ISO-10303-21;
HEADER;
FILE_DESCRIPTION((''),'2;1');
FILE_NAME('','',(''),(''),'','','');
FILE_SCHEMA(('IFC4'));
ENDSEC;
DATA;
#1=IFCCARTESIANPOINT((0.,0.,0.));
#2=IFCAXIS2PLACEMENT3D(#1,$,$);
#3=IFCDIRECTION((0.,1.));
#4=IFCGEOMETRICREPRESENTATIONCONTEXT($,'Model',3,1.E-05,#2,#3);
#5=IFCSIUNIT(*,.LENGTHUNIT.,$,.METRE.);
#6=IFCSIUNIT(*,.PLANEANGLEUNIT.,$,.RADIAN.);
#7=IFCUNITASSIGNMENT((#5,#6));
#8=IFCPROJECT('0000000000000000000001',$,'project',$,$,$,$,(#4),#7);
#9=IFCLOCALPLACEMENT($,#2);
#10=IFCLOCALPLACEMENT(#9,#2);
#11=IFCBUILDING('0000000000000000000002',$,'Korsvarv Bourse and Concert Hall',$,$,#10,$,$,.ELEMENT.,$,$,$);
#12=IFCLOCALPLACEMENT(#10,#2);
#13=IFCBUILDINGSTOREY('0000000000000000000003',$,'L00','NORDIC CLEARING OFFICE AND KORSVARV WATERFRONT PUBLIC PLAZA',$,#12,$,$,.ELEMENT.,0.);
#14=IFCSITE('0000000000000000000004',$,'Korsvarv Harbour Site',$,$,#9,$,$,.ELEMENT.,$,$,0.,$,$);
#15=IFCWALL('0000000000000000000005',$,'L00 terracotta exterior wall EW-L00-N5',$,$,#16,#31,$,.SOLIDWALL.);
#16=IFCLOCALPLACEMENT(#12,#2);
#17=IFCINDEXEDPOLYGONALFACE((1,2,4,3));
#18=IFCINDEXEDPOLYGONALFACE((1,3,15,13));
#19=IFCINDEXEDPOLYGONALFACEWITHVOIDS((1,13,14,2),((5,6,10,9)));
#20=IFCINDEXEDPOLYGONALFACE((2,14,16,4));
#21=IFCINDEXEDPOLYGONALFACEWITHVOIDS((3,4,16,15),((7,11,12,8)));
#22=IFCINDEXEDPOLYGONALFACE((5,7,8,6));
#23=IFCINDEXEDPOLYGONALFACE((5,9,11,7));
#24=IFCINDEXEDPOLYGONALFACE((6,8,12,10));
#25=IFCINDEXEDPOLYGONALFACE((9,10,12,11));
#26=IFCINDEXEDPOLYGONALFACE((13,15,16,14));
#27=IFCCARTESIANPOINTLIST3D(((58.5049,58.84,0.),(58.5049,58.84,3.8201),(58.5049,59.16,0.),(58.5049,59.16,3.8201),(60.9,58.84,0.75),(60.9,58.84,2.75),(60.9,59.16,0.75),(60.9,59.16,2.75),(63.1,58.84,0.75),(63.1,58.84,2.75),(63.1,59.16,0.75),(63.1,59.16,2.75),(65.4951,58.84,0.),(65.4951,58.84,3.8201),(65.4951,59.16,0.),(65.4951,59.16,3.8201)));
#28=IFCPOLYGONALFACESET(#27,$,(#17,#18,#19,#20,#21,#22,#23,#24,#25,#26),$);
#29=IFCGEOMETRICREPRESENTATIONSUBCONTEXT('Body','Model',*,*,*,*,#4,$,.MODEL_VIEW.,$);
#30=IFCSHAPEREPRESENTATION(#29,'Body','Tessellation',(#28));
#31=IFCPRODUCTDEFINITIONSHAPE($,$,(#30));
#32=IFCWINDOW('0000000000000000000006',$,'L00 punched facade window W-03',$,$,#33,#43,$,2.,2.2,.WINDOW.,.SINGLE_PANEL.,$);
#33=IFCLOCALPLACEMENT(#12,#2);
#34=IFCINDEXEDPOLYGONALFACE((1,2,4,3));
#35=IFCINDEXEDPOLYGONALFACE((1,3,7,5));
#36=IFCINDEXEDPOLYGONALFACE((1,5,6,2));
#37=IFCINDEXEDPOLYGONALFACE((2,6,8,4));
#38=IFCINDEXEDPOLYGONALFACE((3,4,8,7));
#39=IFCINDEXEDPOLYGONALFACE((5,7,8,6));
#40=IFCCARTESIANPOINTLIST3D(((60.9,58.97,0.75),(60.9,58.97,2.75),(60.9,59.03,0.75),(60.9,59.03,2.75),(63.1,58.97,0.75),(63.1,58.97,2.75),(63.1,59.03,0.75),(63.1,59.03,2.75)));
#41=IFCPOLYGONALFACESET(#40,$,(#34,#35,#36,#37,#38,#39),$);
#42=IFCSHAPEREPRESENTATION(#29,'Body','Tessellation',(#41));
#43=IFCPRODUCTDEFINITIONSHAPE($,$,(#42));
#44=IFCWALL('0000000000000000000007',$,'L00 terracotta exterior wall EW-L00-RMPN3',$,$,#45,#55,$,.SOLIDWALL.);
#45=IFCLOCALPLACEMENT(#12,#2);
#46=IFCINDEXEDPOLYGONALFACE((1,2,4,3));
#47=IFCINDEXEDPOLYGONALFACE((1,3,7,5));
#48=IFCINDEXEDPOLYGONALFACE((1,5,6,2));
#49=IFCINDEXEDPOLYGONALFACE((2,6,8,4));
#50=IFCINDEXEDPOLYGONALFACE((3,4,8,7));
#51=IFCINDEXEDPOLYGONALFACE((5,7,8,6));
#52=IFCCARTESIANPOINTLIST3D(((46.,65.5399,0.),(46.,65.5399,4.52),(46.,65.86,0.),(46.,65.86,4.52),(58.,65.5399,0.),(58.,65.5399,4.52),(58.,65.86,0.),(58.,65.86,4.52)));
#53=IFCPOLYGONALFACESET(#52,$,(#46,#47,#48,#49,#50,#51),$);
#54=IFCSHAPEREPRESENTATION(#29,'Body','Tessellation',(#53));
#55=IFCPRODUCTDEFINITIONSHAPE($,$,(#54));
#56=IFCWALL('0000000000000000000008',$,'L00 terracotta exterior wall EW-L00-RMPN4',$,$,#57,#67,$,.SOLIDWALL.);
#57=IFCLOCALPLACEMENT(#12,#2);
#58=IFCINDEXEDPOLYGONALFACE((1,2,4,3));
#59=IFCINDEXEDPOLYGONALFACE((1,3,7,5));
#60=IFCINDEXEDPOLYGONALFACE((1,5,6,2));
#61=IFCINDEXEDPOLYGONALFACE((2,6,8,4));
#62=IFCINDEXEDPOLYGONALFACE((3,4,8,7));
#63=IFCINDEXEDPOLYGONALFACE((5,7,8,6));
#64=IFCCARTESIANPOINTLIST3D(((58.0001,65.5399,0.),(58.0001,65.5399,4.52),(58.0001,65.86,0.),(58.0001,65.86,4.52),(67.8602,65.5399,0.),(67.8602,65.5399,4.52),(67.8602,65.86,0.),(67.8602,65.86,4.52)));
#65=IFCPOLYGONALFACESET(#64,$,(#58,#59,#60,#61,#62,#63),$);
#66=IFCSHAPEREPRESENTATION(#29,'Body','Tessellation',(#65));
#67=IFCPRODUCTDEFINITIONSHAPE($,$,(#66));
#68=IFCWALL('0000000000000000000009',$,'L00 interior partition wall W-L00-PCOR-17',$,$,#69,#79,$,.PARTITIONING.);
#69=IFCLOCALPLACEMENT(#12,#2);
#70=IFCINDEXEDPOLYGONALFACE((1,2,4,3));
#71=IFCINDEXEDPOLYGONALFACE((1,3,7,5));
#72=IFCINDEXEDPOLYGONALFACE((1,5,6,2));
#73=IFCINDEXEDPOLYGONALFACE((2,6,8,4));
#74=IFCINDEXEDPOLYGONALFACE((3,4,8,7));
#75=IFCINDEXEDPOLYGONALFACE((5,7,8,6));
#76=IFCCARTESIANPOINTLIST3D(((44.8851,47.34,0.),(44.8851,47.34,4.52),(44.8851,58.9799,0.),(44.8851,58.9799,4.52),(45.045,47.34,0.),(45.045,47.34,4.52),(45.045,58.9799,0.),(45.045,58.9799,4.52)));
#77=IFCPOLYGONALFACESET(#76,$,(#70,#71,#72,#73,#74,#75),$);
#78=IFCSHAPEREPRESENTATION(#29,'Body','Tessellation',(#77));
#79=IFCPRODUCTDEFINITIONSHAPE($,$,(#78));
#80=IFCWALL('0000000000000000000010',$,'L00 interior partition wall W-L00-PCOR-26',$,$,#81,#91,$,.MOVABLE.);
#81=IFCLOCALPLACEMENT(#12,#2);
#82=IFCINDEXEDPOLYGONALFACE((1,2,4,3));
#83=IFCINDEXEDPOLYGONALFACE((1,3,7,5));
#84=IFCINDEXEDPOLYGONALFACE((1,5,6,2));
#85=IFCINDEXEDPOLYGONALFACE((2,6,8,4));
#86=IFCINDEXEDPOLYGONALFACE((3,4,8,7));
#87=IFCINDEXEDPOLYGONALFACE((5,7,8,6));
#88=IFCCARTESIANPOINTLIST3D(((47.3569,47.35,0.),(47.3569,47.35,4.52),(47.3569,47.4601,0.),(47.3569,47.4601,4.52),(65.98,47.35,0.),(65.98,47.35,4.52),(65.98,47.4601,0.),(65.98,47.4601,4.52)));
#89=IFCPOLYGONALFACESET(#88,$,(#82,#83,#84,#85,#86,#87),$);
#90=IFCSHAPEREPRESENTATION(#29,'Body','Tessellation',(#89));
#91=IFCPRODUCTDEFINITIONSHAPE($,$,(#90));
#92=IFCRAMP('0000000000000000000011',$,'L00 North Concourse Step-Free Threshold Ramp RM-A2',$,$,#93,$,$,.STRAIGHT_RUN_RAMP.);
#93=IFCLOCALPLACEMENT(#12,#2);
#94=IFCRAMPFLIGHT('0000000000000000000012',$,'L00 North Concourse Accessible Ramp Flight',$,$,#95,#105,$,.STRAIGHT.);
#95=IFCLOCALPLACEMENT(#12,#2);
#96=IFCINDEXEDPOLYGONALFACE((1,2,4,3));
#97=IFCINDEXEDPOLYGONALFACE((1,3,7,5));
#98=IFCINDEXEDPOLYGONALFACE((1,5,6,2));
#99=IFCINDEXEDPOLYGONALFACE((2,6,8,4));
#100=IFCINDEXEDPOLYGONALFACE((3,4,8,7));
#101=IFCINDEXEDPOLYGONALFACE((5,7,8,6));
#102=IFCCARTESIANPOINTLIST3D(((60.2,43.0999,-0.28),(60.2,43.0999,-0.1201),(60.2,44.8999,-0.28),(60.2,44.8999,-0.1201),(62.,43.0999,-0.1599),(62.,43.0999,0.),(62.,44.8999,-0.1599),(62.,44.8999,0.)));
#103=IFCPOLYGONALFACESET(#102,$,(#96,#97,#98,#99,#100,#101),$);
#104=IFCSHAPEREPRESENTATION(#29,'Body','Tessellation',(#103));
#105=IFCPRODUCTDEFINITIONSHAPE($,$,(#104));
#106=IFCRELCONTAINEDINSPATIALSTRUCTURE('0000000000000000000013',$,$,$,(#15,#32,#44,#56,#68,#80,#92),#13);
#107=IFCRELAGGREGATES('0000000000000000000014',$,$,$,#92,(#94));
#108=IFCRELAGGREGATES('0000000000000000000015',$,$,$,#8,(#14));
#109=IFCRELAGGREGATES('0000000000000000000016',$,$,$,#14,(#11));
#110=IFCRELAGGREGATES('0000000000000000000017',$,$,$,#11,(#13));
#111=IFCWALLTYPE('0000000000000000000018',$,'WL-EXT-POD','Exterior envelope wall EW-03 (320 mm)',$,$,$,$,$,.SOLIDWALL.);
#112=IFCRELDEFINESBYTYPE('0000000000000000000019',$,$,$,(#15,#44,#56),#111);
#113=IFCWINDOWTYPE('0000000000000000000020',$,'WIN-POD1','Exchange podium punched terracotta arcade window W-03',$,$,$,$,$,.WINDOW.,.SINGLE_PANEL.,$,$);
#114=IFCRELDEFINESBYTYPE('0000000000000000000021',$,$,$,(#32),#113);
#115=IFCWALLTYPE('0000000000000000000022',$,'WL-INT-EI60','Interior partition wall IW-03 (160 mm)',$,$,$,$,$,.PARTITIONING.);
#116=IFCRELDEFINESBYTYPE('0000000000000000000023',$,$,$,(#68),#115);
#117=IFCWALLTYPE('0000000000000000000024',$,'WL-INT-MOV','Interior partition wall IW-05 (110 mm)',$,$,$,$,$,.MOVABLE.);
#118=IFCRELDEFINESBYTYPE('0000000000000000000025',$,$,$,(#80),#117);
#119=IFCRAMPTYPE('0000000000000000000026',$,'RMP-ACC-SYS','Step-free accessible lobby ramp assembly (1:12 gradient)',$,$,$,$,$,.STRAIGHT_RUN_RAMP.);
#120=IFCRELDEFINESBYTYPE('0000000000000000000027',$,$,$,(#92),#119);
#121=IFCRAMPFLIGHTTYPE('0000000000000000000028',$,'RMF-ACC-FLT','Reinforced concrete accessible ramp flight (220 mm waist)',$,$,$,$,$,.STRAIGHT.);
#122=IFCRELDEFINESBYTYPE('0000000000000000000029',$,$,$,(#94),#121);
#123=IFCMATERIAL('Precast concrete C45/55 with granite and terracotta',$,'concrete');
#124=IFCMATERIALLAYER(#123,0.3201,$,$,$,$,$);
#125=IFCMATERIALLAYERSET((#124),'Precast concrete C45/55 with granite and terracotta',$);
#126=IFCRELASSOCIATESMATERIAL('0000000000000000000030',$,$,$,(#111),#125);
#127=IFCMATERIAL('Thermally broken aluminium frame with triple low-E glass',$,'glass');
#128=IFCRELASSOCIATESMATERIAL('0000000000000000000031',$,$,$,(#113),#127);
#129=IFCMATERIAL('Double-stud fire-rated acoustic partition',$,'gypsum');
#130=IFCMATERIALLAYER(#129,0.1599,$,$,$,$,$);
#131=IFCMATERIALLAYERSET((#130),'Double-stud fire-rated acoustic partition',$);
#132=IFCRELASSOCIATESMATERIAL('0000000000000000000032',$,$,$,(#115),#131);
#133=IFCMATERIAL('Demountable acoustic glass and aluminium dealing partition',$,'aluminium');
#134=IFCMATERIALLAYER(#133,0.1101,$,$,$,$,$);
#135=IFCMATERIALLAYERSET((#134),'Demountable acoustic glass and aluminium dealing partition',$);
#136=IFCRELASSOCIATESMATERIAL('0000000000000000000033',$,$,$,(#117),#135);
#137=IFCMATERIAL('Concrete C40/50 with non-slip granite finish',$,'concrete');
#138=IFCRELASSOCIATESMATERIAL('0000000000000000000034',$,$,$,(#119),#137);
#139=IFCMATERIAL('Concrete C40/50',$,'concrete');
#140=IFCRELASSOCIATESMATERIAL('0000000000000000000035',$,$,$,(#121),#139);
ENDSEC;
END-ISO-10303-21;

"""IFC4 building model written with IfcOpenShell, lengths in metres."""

from ifc_helpers import new_model, si_unit, direction, frame, frame_2d, origin, place, context, subcontext, project, spatial, polyline, rectangle, outline, extrude, material, layer, layer_set, type_object, element, fill, aggregate, save


model = new_model("IFC4")

# Units and contexts
model_context = context("Model", 3, precision=1e-05, world=origin(), true_north=direction((0.0, 1.0)))
body_context = subcontext(model_context, "Body", "Model", "MODEL_VIEW")
ifc_project = project(units=[si_unit("LENGTHUNIT", "METRE"), si_unit("PLANEANGLEUNIT", "RADIAN")], contexts=[model_context])

# Site, building, storey
site_placement = place(None, origin())
site = spatial("IfcSite", under=ifc_project, at=site_placement, Name="Korsvarv Harbour Site", CompositionType="ELEMENT", RefElevation=0.0)
building_placement = place(site_placement, origin())
building = spatial("IfcBuilding", under=site, at=building_placement, Name="Korsvarv Bourse and Concert Hall", CompositionType="ELEMENT")
storey_placement = place(building_placement, origin())
storey = spatial("IfcBuildingStorey", under=building, at=storey_placement, Name="L00", Description="NORDIC CLEARING OFFICE AND KORSVARV WATERFRONT PUBLIC PLAZA", CompositionType="ELEMENT", Elevation=0.0)

# Wall, opening, window
ifc_material_1 = material(Name="Precast concrete C45/55 with granite and terracotta", Category="concrete")
ifc_layer_1 = layer(ifc_material_1, 0.3201)
ifc_layer_set_1 = layer_set([ifc_layer_1], Name="Precast concrete C45/55 with granite and terracotta")
wall_type_1 = type_object("IfcWallType", Name="WL-EXT-POD", Description="Exterior envelope wall EW-03 (320 mm)", PredefinedType="SOLIDWALL", material=ifc_layer_set_1)
ifc_material_2 = material(Name="Thermally broken aluminium frame with triple low-E glass", Category="glass")
window_type = type_object("IfcWindowType", Name="WIN-POD1", Description="Exchange podium punched terracotta arcade window W-03", PartitioningType="SINGLE_PANEL", PredefinedType="WINDOW", material=ifc_material_2)
wall_1_placement = place(storey_placement, frame((58.5049, 59.0, 0.0), z_axis=(0.0, 0.0, 1.0), x_axis=(1.0, 0.0, 0.0)))
wall_1 = element("IfcWall", 1, at=wall_1_placement, inside=storey, type_object=wall_type_1, Name="L00 terracotta exterior wall EW-L00-N5", PredefinedType="SOLIDWALL", context=body_context, shape_type="SweptSolid", body=[
    extrude(rectangle(XDim=6.9902, YDim=0.3201, at=frame_2d((3.4951, 0.0))), origin(), (0.0, 0.0, 1.0), 3.8201),
])
opening_1_placement = place(wall_1_placement, frame((2.395, 0.0, 0.75)))
opening_1 = element("IfcOpeningElement", 2, at=opening_1_placement, cuts=wall_1, PredefinedType="OPENING", context=body_context, shape_type="SweptSolid", body=[
    extrude(rectangle(XDim=2.2, YDim=2.0, at=frame_2d((1.1001, 1.0))), frame((0.0, 0.1699, 0.0), z_axis=(0.0, -1.0, 0.0), x_axis=(1.0, 0.0, 0.0)), (0.0, 0.0, 1.0), 0.3401),
])
window_1_placement = place(opening_1_placement, origin())
window_1 = element("IfcWindow", 3, at=window_1_placement, inside=storey, type_object=window_type, Name="L00 punched facade window W-03", OverallHeight=2.0, OverallWidth=2.2, PartitioningType="SINGLE_PANEL", PredefinedType="WINDOW", context=body_context, shape_type="SweptSolid", body=[
    extrude(rectangle(XDim=2.2, YDim=2.0, at=frame_2d((1.1001, 1.0))), frame((0.0, 0.03, 0.0), z_axis=(0.0, -1.0, 0.0), x_axis=(1.0, 0.0, 0.0)), (0.0, 0.0, 1.0), 0.0601),
])
fill(opening_1, window_1)

# Walls
wall_2_placement = place(storey_placement, frame((46.0, 65.7, 0.0), z_axis=(0.0, 0.0, 1.0), x_axis=(1.0, 0.0, 0.0)))
element("IfcWall", 4, at=wall_2_placement, inside=storey, type_object=wall_type_1, Name="L00 terracotta exterior wall EW-L00-RMPN3", PredefinedType="SOLIDWALL", context=body_context, shape_type="SweptSolid", body=[
    extrude(rectangle(XDim=12.0, YDim=0.3201, at=frame_2d((6.0, 0.0))), origin(), (0.0, 0.0, 1.0), 4.52),
])
wall_3_placement = place(storey_placement, frame((58.0, 65.7, 0.0), z_axis=(0.0, 0.0, 1.0), x_axis=(1.0, 0.0, 0.0)))
element("IfcWall", 5, at=wall_3_placement, inside=storey, type_object=wall_type_1, Name="L00 terracotta exterior wall EW-L00-RMPN4", PredefinedType="SOLIDWALL", context=body_context, shape_type="SweptSolid", body=[
    extrude(rectangle(XDim=9.8601, YDim=0.3201, at=frame_2d((4.9302, 0.0))), origin(), (0.0, 0.0, 1.0), 4.52),
])
ifc_material_3 = material(Name="Double-stud fire-rated acoustic partition", Category="gypsum")
ifc_layer_2 = layer(ifc_material_3, 0.1599)
ifc_layer_set_2 = layer_set([ifc_layer_2], Name="Double-stud fire-rated acoustic partition")
wall_type_2 = type_object("IfcWallType", Name="WL-INT-EI60", Description="Interior partition wall IW-03 (160 mm)", PredefinedType="PARTITIONING", material=ifc_layer_set_2)
wall_4_placement = place(storey_placement, frame((44.9651, 47.3401, 0.0), z_axis=(0.0, 0.0, 1.0), x_axis=(0.0, 1.0, 0.0)))
element("IfcWall", 6, at=wall_4_placement, inside=storey, type_object=wall_type_2, Name="L00 interior partition wall W-L00-PCOR-17", PredefinedType="PARTITIONING", context=body_context, shape_type="SweptSolid", body=[
    extrude(rectangle(XDim=11.6399, YDim=0.1599, at=frame_2d((5.8198, 0.0))), origin(), (0.0, 0.0, 1.0), 4.52),
])
ifc_material_4 = material(Name="Demountable acoustic glass and aluminium dealing partition", Category="aluminium")
ifc_layer_3 = layer(ifc_material_4, 0.1101)
ifc_layer_set_3 = layer_set([ifc_layer_3], Name="Demountable acoustic glass and aluminium dealing partition")
wall_type_3 = type_object("IfcWallType", Name="WL-INT-MOV", Description="Interior partition wall IW-05 (110 mm)", PredefinedType="MOVABLE", material=ifc_layer_set_3)
wall_5_placement = place(storey_placement, frame((47.3569, 47.405, 0.0), z_axis=(0.0, 0.0, 1.0), x_axis=(1.0, 0.0, 0.0)))
element("IfcWall", 7, at=wall_5_placement, inside=storey, type_object=wall_type_3, Name="L00 interior partition wall W-L00-PCOR-26", PredefinedType="MOVABLE", context=body_context, shape_type="SweptSolid", body=[
    extrude(rectangle(XDim=18.623, YDim=0.1101, at=frame_2d((9.3115, 0.0))), origin(), (0.0, 0.0, 1.0), 4.52),
])

# Ramp, ramp flight
ifc_material_5 = material(Name="Concrete C40/50 with non-slip granite finish", Category="concrete")
ramp_type = type_object("IfcRampType", Name="RMP-ACC-SYS", Description="Step-free accessible lobby ramp assembly (1:12 gradient)", PredefinedType="STRAIGHT_RUN_RAMP", material=ifc_material_5)
ramp_placement = place(storey_placement, origin())
ramp = element("IfcRamp", 8, at=ramp_placement, inside=storey, type_object=ramp_type, Name="L00 North Concourse Step-Free Threshold Ramp RM-A2", PredefinedType="STRAIGHT_RUN_RAMP")
ifc_material_6 = material(Name="Concrete C40/50", Category="concrete")
ramp_flight_type = type_object("IfcRampFlightType", Name="RMF-ACC-FLT", Description="Reinforced concrete accessible ramp flight (220 mm waist)", PredefinedType="STRAIGHT", material=ifc_material_6)
ramp_flight_placement = place(storey_placement, frame((60.2, 44.0, -0.1201), z_axis=(0.0, 0.0, 1.0), x_axis=(1.0, 0.0, 0.0)))
ramp_flight = element("IfcRampFlight", 9, at=ramp_flight_placement, type_object=ramp_flight_type, Name="L00 North Concourse Accessible Ramp Flight", PredefinedType="STRAIGHT", context=body_context, shape_type="SweptSolid", body=[
    extrude(outline(polyline([(0.0, 0.0), (0.0, -0.1599), (1.8, -0.0398), (1.8, 0.1201), (0.0, 0.0)])), frame((0.0, 0.8999, 0.0), z_axis=(0.0, -1.0, 0.0), x_axis=(1.0, 0.0, 0.0)), (0.0, 0.0, 1.0), 1.8),
])
aggregate(ramp, [ramp_flight])

save(model, "model.ifc")
